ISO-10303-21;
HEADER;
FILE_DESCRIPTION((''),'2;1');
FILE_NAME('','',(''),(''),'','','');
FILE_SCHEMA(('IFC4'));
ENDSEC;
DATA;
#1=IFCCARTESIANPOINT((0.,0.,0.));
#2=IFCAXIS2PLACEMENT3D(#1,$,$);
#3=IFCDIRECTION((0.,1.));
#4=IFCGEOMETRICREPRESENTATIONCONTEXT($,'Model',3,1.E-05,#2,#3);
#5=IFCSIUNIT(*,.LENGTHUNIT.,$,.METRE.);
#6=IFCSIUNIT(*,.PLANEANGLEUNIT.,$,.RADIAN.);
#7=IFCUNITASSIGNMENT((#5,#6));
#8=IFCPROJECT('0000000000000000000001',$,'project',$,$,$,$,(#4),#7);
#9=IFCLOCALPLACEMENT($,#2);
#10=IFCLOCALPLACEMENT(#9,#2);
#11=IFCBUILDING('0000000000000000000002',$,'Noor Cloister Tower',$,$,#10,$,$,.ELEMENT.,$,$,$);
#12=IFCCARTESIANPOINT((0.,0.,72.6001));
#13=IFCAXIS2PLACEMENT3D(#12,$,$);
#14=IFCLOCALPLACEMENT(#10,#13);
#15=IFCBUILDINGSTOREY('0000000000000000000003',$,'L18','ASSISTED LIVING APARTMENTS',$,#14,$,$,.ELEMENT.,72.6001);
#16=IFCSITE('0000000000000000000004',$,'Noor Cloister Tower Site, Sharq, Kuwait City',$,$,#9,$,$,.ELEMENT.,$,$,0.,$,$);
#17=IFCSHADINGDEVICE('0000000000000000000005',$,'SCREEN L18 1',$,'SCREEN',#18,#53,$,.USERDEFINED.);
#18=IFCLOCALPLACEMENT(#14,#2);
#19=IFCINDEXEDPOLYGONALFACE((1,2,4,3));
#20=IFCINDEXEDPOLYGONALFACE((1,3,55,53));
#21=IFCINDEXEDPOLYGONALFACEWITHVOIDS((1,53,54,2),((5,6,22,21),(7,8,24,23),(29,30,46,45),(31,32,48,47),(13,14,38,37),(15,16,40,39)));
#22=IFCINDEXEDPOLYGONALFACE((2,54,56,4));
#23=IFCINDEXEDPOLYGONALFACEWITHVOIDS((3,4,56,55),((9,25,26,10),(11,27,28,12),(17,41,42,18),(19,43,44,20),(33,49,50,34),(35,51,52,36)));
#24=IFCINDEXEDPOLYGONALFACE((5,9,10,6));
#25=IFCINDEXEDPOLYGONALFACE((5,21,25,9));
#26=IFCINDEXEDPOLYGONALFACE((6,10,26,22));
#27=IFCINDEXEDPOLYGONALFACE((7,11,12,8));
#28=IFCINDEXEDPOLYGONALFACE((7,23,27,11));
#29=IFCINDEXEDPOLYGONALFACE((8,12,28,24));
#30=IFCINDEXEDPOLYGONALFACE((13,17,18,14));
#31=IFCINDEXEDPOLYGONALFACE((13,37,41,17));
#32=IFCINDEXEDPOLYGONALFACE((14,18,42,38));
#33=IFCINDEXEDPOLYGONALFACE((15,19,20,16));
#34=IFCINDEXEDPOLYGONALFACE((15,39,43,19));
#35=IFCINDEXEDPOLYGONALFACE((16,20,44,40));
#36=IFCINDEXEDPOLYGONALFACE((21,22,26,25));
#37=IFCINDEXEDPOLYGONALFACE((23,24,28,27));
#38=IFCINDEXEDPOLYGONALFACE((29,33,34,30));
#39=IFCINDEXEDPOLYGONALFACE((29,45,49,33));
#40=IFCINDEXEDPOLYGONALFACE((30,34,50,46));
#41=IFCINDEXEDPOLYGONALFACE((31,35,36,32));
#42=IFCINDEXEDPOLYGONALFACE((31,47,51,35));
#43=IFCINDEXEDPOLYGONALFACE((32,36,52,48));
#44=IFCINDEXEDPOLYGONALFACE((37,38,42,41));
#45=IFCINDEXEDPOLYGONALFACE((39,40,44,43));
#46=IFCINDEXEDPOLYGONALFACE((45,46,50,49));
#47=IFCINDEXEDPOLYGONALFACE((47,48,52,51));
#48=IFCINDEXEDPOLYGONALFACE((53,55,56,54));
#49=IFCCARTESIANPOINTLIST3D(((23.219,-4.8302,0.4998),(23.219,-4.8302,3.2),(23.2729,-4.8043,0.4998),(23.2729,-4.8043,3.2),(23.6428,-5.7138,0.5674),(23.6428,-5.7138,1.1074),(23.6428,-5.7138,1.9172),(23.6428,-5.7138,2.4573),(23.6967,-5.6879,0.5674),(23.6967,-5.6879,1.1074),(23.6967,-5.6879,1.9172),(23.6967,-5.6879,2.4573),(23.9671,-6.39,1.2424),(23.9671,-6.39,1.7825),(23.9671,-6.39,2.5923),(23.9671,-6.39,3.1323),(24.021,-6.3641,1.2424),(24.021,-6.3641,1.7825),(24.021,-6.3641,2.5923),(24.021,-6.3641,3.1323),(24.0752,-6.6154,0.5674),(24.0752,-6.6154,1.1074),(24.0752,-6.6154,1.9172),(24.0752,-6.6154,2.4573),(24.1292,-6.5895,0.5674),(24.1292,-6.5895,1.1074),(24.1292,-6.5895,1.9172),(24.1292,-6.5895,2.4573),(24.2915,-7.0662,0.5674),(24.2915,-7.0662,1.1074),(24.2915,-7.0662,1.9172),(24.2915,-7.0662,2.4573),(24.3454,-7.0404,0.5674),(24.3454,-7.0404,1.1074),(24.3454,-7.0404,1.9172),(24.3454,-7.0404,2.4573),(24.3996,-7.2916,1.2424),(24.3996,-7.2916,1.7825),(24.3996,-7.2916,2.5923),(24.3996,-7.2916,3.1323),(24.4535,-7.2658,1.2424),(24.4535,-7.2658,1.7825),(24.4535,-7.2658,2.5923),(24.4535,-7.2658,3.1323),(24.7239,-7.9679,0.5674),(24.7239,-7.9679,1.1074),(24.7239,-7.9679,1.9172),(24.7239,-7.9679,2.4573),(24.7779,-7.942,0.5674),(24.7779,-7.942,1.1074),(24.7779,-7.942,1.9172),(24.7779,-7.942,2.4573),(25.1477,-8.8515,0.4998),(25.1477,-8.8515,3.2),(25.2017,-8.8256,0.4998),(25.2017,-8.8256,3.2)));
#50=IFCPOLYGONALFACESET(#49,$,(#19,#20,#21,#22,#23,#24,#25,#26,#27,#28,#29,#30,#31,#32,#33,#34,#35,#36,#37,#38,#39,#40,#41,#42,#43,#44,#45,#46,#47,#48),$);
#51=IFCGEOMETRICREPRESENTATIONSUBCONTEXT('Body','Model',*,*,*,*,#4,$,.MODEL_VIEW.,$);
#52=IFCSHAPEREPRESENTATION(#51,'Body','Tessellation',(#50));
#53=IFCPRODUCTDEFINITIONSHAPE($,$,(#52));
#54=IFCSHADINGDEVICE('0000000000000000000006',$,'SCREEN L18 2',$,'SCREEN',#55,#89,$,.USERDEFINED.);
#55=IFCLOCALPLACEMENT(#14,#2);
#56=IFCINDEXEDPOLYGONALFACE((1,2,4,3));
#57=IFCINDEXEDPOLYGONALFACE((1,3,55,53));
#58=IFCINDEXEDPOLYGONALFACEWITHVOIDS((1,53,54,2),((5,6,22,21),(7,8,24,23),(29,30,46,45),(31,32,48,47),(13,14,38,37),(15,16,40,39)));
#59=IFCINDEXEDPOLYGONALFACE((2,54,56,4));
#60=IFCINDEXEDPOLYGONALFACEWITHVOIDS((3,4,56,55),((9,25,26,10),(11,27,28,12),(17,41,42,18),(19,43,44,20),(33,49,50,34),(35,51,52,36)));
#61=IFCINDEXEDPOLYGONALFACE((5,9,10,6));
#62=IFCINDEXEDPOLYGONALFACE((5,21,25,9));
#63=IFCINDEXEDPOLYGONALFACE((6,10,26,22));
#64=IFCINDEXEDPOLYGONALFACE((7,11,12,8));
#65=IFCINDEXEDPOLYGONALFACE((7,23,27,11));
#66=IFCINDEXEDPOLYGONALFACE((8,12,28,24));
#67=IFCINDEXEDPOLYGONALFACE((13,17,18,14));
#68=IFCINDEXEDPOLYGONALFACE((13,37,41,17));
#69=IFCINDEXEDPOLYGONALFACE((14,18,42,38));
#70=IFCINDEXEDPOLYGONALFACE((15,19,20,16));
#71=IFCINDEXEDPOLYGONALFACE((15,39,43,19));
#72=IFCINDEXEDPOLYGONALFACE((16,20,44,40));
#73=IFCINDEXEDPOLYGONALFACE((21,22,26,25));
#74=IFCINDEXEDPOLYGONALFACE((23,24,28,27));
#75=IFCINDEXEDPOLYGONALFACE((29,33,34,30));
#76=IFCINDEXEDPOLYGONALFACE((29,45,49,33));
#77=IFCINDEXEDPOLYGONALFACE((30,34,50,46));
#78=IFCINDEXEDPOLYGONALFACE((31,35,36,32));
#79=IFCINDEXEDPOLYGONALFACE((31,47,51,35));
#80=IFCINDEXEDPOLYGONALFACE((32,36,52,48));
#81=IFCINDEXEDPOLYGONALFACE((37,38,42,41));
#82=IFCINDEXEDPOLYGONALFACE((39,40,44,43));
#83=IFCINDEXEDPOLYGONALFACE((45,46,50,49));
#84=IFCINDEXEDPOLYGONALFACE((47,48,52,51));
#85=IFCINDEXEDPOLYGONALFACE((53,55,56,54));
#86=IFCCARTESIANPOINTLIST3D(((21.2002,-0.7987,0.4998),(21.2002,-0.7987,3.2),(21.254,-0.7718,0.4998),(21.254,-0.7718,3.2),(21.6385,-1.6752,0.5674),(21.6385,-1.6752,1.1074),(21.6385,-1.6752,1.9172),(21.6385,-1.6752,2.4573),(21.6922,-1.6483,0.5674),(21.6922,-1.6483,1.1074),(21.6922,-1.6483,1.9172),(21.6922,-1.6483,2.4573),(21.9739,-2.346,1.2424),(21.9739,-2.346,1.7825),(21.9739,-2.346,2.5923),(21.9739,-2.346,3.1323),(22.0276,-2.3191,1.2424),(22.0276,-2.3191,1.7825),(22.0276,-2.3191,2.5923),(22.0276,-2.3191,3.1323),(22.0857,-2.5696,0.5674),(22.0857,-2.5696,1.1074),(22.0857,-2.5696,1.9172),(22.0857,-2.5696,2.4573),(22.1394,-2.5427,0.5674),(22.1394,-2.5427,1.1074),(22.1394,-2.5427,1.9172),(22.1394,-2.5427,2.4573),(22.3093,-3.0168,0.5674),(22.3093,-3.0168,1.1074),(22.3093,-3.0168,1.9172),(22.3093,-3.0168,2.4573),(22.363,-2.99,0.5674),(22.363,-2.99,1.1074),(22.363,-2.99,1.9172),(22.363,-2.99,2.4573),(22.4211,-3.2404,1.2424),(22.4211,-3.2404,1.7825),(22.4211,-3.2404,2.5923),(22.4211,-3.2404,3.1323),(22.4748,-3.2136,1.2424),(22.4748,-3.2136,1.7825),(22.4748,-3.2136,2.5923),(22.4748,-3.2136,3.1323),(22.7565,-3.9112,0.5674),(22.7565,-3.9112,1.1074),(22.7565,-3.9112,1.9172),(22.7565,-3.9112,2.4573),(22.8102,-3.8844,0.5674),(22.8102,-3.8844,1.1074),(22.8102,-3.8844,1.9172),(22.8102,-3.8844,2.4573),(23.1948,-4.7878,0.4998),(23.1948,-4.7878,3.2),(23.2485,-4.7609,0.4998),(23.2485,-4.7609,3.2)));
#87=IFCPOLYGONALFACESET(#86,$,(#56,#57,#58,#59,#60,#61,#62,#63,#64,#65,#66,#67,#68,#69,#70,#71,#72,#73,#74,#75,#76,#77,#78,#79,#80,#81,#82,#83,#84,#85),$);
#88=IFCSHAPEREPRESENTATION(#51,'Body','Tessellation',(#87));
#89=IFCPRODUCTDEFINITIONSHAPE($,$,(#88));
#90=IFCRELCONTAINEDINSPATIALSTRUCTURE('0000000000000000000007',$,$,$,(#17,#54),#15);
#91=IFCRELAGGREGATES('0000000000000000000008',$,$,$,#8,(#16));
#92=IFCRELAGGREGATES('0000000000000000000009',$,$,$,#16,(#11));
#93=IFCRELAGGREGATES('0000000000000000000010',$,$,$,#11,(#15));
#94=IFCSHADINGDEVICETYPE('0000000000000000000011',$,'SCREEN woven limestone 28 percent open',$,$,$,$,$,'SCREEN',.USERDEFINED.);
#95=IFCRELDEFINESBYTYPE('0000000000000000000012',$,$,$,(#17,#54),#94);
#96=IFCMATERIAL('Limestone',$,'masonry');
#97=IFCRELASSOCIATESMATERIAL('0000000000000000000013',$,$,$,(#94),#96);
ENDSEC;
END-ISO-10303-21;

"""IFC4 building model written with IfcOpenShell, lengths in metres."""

from ifc_helpers import new_model, si_unit, direction, frame, origin, place, context, subcontext, project, spatial, polyline, outline, extrude, material, material_profile, profile_set, type_object, element, save


model = new_model("IFC4")

# Units and contexts
model_context = context("Model", 3, precision=1e-05, world=origin(), true_north=direction((0.0, 1.0)))
body_context = subcontext(model_context, "Body", "Model", "MODEL_VIEW")
ifc_project = project(units=[si_unit("LENGTHUNIT", "METRE"), si_unit("PLANEANGLEUNIT", "RADIAN")], contexts=[model_context])

# Site, building, storey
site_placement = place(None, origin())
site = spatial("IfcSite", under=ifc_project, at=site_placement, Name="Noor Cloister Tower Site, Sharq, Kuwait City", CompositionType="ELEMENT", RefElevation=0.0)
building_placement = place(site_placement, origin())
building = spatial("IfcBuilding", under=site, at=building_placement, Name="Noor Cloister Tower", CompositionType="ELEMENT")
storey_placement = place(building_placement, frame((0.0, 0.0, 72.6001)))
storey = spatial("IfcBuildingStorey", under=building, at=storey_placement, Name="L18", Description="ASSISTED LIVING APARTMENTS", CompositionType="ELEMENT", Elevation=72.6001)

# Shading devices
ifc_material_1 = material(Name="Limestone", Category="masonry")
ifc_material_profile_1 = material_profile(ifc_material_1, outline(polyline([(-2.23, -1.3501), (2.23, -1.3501), (2.23, 1.3501), (-2.23, 1.3501), (-2.23, -1.3501)]), holes=[polyline([(-1.25, -1.2825), (-0.25, -1.2825), (-0.25, -0.7424), (-1.25, -0.7424), (-1.25, -1.2825)]), polyline([(0.25, -1.2825), (1.25, -1.2825), (1.25, -0.7424), (0.25, -0.7424), (0.25, -1.2825)]), polyline([(-0.5, -0.6074), (0.5, -0.6074), (0.5, -0.0674), (-0.5, -0.0674), (-0.5, -0.6074)]), polyline([(-1.25, 0.0674), (-0.25, 0.0674), (-0.25, 0.6074), (-1.25, 0.6074), (-1.25, 0.0674)]), polyline([(0.25, 0.0674), (1.25, 0.0674), (1.25, 0.6074), (0.25, 0.6074), (0.25, 0.0674)]), polyline([(-0.5, 0.7424), (0.5, 0.7424), (0.5, 1.2825), (-0.5, 1.2825), (-0.5, 0.7424)])]), Name="Woven screen 28 percent open")
ifc_profile_set_1 = profile_set([ifc_material_profile_1], Name="Limestone")
shading_device_type = type_object("IfcShadingDeviceType", Name="SCREEN woven limestone 28 percent open", ElementType="SCREEN", PredefinedType="USERDEFINED", material=ifc_profile_set_1)
shading_device_1_placement = place(storey_placement, frame((24.1833, -6.8408, 1.8499), z_axis=(0.90165, 0.432466, 0.0), x_axis=(-0.432466, 0.90165, 0.0)))
element("IfcShadingDevice", 1, at=shading_device_1_placement, inside=storey, type_object=shading_device_type, Name="SCREEN L18 1", ObjectType="SCREEN", PredefinedType="USERDEFINED", context=body_context, shape_type="SweptSolid", body=[
    extrude(outline(polyline([(-2.23, -1.3501), (2.23, -1.3501), (2.23, 1.3501), (-2.23, 1.3501), (-2.23, -1.3501)]), holes=[polyline([(-1.25, -1.2825), (-0.25, -1.2825), (-0.25, -0.7424), (-1.25, -0.7424), (-1.25, -1.2825)]), polyline([(0.25, -1.2825), (1.25, -1.2825), (1.25, -0.7424), (0.25, -0.7424), (0.25, -1.2825)]), polyline([(-0.5, -0.6074), (0.5, -0.6074), (0.5, -0.0674), (-0.5, -0.0674), (-0.5, -0.6074)]), polyline([(-1.25, 0.0674), (-0.25, 0.0674), (-0.25, 0.6074), (-1.25, 0.6074), (-1.25, 0.0674)]), polyline([(0.25, 0.0674), (1.25, 0.0674), (1.25, 0.6074), (0.25, 0.6074), (0.25, 0.0674)]), polyline([(-0.5, 0.7424), (0.5, 0.7424), (0.5, 1.2825), (-0.5, 1.2825), (-0.5, 0.7424)])]), origin(), (0.0, 0.0, 1.0), 0.0598),
])
shading_device_2_placement = place(storey_placement, frame((22.1975, -2.7932, 1.8499), z_axis=(0.894427, 0.447214, 0.0), x_axis=(-0.447214, 0.894427, 0.0)))
element("IfcShadingDevice", 2, at=shading_device_2_placement, inside=storey, type_object=shading_device_type, Name="SCREEN L18 2", ObjectType="SCREEN", PredefinedType="USERDEFINED", context=body_context, shape_type="SweptSolid", body=[
    extrude(outline(polyline([(-2.23, -1.3501), (2.23, -1.3501), (2.23, 1.3501), (-2.23, 1.3501), (-2.23, -1.3501)]), holes=[polyline([(-1.25, -1.2825), (-0.25, -1.2825), (-0.25, -0.7424), (-1.25, -0.7424), (-1.25, -1.2825)]), polyline([(0.25, -1.2825), (1.25, -1.2825), (1.25, -0.7424), (0.25, -0.7424), (0.25, -1.2825)]), polyline([(-0.5, -0.6074), (0.5, -0.6074), (0.5, -0.0674), (-0.5, -0.0674), (-0.5, -0.6074)]), polyline([(-1.25, 0.0674), (-0.25, 0.0674), (-0.25, 0.6074), (-1.25, 0.6074), (-1.25, 0.0674)]), polyline([(0.25, 0.0674), (1.25, 0.0674), (1.25, 0.6074), (0.25, 0.6074), (0.25, 0.0674)]), polyline([(-0.5, 0.7424), (0.5, 0.7424), (0.5, 1.2825), (-0.5, 1.2825), (-0.5, 0.7424)])]), origin(), (0.0, 0.0, 1.0), 0.0601),
])

save(model, "model.ifc")
